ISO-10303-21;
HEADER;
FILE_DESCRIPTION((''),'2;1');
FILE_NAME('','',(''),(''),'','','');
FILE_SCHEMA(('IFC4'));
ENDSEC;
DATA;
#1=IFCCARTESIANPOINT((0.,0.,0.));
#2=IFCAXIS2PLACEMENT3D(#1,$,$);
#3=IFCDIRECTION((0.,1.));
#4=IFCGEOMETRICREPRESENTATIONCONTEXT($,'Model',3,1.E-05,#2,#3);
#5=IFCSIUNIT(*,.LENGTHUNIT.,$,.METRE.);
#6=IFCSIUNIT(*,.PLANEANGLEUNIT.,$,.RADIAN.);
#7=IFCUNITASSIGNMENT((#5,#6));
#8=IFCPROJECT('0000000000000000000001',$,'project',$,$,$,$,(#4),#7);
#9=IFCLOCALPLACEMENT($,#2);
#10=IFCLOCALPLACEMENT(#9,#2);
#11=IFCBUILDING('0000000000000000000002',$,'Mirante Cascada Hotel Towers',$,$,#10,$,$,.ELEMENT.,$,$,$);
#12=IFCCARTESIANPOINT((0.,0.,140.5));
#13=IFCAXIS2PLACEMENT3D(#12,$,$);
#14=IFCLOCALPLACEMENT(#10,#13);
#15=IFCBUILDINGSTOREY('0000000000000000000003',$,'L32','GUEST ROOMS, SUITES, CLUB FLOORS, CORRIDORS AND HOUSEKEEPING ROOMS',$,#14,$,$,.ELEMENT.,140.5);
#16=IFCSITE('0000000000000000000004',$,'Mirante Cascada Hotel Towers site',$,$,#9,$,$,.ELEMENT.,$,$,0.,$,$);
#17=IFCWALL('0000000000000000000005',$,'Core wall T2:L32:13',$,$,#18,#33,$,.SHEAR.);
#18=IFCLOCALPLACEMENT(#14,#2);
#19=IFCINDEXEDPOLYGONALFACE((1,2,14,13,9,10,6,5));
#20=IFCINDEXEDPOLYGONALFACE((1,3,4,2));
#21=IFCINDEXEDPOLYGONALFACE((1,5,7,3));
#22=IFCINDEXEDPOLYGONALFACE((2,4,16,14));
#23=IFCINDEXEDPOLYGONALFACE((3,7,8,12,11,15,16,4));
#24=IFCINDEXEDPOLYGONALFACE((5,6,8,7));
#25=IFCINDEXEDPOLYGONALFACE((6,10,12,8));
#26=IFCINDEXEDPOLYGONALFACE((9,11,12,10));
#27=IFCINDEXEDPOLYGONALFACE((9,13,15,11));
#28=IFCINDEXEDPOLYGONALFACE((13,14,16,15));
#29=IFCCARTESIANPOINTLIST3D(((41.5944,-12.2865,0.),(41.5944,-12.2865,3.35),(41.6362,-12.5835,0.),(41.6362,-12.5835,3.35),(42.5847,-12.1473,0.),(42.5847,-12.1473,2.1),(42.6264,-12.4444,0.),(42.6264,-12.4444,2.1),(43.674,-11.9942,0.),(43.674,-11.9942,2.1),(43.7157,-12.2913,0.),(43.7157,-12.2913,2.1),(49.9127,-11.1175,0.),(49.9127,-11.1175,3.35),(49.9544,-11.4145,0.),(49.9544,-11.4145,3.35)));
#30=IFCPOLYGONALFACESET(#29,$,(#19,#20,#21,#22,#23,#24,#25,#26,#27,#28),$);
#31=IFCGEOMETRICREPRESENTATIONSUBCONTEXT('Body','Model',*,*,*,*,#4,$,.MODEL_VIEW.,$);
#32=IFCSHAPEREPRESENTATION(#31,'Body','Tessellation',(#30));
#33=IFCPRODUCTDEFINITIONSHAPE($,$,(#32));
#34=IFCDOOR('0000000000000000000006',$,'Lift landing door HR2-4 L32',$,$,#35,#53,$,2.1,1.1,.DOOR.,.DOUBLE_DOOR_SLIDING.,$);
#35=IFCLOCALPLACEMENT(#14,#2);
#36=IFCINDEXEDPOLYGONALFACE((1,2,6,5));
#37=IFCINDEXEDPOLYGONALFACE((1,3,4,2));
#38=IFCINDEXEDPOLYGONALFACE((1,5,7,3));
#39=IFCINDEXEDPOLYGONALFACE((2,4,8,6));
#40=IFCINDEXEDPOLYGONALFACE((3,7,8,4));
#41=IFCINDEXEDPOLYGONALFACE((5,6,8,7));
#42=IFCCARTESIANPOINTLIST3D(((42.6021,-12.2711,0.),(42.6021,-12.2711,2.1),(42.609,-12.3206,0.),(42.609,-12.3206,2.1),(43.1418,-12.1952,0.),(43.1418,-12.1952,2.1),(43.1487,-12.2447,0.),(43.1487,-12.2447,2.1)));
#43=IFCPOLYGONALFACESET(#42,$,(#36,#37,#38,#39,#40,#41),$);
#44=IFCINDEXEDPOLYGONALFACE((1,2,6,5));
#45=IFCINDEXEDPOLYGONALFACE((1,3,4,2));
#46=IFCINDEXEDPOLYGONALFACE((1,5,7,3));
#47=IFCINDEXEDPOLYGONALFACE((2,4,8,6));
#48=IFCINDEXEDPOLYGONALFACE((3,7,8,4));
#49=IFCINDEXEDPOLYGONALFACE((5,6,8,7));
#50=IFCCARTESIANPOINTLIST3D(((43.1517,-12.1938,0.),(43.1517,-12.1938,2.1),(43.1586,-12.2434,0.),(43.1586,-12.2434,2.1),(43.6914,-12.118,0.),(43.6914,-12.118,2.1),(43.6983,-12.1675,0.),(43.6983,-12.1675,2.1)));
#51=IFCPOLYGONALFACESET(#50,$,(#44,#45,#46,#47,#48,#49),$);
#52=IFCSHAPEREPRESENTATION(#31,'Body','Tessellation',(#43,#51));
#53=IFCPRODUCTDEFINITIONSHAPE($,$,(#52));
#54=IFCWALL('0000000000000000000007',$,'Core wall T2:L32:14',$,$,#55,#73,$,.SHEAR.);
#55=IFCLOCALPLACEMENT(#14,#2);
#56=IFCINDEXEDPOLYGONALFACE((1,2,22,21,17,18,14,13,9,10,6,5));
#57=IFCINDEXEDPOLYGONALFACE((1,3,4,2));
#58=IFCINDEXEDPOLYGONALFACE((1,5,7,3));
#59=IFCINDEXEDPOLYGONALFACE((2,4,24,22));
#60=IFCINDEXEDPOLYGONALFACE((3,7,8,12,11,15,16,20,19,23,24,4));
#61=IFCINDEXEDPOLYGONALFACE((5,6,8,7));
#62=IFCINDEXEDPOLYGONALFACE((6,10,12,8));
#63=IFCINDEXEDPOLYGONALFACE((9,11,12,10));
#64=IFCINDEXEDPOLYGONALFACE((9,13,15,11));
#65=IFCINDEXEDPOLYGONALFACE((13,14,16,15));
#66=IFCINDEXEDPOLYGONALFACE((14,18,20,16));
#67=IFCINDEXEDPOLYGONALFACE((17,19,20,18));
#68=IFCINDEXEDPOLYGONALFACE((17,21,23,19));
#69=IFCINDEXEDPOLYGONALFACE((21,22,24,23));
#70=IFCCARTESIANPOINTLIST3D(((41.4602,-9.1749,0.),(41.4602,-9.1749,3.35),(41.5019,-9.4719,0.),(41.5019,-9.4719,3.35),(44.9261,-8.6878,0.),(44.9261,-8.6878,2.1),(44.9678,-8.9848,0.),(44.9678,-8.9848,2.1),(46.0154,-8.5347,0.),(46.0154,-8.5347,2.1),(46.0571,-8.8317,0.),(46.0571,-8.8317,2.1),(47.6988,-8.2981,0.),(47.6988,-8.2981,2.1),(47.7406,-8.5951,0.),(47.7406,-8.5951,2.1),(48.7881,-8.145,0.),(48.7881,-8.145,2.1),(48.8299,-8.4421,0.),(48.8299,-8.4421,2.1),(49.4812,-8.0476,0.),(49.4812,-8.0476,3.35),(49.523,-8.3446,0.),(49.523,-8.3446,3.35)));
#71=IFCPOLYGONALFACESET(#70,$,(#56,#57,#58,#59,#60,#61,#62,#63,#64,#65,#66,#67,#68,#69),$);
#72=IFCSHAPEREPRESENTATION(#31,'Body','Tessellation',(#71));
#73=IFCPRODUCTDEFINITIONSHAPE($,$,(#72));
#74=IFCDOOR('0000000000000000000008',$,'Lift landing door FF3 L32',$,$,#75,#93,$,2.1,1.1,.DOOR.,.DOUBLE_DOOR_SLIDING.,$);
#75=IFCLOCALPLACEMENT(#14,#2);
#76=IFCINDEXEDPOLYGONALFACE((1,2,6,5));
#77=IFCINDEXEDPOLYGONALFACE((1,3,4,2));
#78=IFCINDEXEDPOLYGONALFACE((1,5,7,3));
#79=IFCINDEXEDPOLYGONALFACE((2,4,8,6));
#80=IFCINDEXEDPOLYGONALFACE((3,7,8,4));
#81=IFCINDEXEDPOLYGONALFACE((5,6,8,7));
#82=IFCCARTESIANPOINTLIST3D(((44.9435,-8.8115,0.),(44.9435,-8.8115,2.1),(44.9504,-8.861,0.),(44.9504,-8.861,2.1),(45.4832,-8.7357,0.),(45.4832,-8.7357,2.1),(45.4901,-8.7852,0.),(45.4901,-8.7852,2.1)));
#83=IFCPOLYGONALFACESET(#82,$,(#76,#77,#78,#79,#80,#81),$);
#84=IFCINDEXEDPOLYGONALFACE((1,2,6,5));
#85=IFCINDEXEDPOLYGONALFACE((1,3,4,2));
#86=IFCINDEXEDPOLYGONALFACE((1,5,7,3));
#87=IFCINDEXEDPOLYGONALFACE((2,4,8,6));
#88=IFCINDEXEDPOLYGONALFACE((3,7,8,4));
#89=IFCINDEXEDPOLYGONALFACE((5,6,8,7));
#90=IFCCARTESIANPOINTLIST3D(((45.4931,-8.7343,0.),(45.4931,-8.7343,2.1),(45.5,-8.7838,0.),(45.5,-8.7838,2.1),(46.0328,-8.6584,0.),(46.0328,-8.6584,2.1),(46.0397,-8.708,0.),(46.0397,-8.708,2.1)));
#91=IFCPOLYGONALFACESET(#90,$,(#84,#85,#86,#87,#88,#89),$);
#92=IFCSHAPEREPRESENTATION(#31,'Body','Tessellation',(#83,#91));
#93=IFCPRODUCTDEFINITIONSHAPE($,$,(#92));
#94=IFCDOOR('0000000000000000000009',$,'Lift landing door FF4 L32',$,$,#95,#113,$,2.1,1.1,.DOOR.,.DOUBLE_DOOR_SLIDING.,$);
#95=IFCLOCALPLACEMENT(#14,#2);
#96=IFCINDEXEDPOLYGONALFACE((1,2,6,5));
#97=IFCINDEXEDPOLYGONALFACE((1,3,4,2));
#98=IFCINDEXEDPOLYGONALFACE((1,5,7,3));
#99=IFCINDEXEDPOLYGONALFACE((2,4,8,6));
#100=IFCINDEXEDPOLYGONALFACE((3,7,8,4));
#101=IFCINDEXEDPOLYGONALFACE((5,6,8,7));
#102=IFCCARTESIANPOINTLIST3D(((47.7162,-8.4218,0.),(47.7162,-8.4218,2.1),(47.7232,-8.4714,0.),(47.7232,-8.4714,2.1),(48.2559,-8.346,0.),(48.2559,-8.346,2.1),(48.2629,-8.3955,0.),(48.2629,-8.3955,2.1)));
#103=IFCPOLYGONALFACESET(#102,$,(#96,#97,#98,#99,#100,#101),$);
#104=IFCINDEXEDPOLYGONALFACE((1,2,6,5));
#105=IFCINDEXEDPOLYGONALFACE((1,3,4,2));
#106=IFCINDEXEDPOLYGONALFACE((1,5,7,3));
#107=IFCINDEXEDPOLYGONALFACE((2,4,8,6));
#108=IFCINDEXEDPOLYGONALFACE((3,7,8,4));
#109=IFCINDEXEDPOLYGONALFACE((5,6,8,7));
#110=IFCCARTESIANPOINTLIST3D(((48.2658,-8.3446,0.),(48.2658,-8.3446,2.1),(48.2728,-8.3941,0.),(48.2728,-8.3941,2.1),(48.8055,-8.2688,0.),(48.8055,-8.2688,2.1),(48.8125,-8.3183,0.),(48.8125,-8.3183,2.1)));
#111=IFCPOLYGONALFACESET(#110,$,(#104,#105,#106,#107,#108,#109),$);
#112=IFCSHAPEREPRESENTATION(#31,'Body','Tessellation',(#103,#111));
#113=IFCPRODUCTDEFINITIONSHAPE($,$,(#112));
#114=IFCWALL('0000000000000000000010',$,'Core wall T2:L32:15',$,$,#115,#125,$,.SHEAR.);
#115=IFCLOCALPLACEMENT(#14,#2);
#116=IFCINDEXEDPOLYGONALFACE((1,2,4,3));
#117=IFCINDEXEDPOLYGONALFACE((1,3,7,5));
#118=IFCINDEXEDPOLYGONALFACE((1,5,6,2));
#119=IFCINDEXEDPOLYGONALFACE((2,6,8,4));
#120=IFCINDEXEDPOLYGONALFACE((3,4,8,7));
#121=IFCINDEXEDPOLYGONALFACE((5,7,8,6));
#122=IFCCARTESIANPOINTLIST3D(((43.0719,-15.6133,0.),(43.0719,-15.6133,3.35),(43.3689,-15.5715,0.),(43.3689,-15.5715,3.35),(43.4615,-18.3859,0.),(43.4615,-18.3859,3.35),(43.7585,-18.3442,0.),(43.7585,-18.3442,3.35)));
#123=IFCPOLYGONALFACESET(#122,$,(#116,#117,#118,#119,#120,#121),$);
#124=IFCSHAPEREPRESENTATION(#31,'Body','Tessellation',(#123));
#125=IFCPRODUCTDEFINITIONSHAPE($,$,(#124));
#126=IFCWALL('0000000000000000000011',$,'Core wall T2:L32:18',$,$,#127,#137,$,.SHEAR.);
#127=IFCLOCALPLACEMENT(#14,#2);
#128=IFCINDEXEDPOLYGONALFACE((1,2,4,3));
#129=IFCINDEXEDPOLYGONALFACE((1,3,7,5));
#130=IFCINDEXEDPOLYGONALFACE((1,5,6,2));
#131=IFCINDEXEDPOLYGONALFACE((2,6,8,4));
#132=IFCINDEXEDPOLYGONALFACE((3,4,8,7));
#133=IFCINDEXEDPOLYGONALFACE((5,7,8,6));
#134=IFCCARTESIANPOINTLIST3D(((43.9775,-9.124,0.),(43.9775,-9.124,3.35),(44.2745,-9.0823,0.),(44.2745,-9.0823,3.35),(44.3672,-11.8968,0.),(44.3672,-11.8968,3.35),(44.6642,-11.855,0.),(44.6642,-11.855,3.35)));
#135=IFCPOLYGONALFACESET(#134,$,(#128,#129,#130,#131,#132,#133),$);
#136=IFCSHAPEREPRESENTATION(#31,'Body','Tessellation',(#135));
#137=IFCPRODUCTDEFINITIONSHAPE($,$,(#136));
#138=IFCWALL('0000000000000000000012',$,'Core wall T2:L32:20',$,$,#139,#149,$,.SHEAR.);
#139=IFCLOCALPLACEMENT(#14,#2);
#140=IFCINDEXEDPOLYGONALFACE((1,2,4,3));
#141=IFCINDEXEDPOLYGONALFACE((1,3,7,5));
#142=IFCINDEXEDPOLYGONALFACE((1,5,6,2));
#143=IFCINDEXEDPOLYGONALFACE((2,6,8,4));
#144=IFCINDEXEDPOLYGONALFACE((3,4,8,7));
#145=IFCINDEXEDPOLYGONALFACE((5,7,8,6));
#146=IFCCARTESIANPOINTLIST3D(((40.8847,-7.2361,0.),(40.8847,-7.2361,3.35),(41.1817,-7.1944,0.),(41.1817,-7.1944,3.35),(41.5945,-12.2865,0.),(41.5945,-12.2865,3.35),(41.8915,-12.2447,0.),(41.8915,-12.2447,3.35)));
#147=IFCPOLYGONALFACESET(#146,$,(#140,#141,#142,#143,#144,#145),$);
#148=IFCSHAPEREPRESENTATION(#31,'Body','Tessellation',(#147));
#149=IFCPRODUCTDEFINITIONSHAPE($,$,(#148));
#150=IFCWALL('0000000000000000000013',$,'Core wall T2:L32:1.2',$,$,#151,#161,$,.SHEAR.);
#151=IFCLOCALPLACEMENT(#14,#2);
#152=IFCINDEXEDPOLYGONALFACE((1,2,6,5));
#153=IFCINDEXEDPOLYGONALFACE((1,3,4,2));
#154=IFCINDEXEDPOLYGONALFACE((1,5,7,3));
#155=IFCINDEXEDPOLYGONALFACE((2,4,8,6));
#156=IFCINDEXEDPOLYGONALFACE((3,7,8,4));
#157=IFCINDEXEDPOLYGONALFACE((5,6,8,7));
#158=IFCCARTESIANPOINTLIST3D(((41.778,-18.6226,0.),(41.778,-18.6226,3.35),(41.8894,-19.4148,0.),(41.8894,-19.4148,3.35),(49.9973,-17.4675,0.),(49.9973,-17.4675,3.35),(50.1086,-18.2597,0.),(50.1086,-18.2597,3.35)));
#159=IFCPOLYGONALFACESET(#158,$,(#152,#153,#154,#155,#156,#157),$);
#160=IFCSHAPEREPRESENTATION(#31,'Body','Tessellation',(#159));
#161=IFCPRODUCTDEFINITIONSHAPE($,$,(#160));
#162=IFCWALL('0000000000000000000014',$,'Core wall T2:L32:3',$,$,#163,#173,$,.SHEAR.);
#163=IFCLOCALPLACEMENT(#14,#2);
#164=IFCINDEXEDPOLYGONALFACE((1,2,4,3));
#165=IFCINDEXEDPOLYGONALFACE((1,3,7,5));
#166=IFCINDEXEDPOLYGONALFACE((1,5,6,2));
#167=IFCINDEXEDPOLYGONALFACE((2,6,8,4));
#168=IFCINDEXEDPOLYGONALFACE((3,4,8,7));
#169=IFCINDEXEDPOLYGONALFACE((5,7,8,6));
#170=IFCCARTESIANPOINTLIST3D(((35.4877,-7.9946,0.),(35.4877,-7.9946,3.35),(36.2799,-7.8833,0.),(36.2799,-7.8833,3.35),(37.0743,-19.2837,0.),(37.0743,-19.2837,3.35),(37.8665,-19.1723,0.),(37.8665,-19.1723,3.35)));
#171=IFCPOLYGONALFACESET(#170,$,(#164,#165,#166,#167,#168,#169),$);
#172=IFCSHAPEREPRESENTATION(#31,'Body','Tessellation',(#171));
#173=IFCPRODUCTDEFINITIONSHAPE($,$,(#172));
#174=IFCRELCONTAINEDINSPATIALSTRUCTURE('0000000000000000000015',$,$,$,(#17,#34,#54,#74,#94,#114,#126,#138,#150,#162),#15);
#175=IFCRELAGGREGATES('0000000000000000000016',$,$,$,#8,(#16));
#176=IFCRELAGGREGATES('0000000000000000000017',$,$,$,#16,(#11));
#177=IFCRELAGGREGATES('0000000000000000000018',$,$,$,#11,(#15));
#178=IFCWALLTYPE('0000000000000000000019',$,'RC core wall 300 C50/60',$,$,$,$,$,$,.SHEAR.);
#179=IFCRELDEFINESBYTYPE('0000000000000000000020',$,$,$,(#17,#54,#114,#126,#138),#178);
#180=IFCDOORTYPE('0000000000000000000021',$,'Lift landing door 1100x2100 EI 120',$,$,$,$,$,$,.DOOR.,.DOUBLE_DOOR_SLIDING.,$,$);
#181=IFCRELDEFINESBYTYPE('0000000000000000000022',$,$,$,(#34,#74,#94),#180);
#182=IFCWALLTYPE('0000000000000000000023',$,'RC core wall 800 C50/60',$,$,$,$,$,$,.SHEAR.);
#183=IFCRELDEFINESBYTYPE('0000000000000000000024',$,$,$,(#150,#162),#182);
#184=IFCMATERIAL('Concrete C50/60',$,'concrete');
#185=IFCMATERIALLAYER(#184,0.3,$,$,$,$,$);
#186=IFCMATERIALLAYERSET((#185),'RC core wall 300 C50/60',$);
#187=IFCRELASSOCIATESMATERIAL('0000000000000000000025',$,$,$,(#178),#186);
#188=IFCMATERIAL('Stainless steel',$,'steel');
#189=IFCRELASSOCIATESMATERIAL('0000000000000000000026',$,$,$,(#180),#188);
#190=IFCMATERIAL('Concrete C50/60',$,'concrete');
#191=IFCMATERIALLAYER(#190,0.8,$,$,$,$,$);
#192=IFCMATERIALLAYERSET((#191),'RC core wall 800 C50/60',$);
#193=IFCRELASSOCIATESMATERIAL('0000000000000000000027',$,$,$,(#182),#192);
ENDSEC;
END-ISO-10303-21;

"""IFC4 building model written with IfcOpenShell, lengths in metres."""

from ifc_helpers import new_model, si_unit, direction, frame, frame_2d, origin, place, context, subcontext, project, spatial, rectangle, extrude, material, layer, layer_set, type_object, element, fill, save


model = new_model("IFC4")

# Units and contexts
model_context = context("Model", 3, precision=1e-05, world=origin(), true_north=direction((0.0, 1.0)))
body_context = subcontext(model_context, "Body", "Model", "MODEL_VIEW")
ifc_project = project(units=[si_unit("LENGTHUNIT", "METRE"), si_unit("PLANEANGLEUNIT", "RADIAN")], contexts=[model_context])

# Site, building, storey
site_placement = place(None, origin())
site = spatial("IfcSite", under=ifc_project, at=site_placement, Name="Mirante Cascada Hotel Towers site", CompositionType="ELEMENT", RefElevation=0.0)
building_placement = place(site_placement, origin())
building = spatial("IfcBuilding", under=site, at=building_placement, Name="Mirante Cascada Hotel Towers", CompositionType="ELEMENT")
storey_placement = place(building_placement, frame((0.0, 0.0, 140.5)))
storey = spatial("IfcBuildingStorey", under=building, at=storey_placement, Name="L32", Description="GUEST ROOMS, SUITES, CLUB FLOORS, CORRIDORS AND HOUSEKEEPING ROOMS", CompositionType="ELEMENT", Elevation=140.5)

# Shared definitions
ifc_material_1 = material(Name="Concrete C50/60", Category="concrete")
ifc_layer_1 = layer(ifc_material_1, 0.3)
ifc_layer_set_1 = layer_set([ifc_layer_1], Name="RC core wall 300 C50/60")
wall_type_1 = type_object("IfcWallType", Name="RC core wall 300 C50/60", PredefinedType="SHEAR", material=ifc_layer_set_1)

# Shared definitions
ifc_material_2 = material(Name="Stainless steel", Category="steel")
door_type_1 = type_object("IfcDoorType", Name="Lift landing door 1100x2100 EI 120", OperationType="DOUBLE_DOOR_SLIDING", PredefinedType="DOOR", material=ifc_material_2)

# Wall, opening, door
wall_1_placement = place(storey_placement, frame((41.6153, -12.435, 0.0), z_axis=(0.0, 0.0, 1.0), x_axis=(0.990269, 0.139166, 0.0)))
wall_1 = element("IfcWall", 1, at=wall_1_placement, inside=storey, type_object=wall_type_1, Name="Core wall T2:L32:13", PredefinedType="SHEAR", context=body_context, shape_type="SweptSolid", body=[
    extrude(rectangle(XDim=8.4, YDim=0.3, at=frame_2d((4.2, 0.0))), origin(), (0.0, 0.0, 1.0), 3.35),
])
opening_1_placement = place(wall_1_placement, frame((1.0, 0.0, 0.0)))
opening_1 = element("IfcOpeningElement", 2, at=opening_1_placement, cuts=wall_1, PredefinedType="OPENING", context=body_context, shape_type="SweptSolid", body=[
    extrude(rectangle(XDim=1.1, YDim=2.1, at=frame_2d((0.55, 1.05))), frame((0.0, 0.15, 0.0), z_axis=(0.0, -1.0, 0.0), x_axis=(1.0, 0.0, 0.0)), (0.0, 0.0, 1.0), 0.3),
])
door_1_placement = place(opening_1_placement, origin())
door_1 = element("IfcDoor", 3, at=door_1_placement, inside=storey, type_object=door_type_1, Name="Lift landing door HR2-4 L32", OperationType="DOUBLE_DOOR_SLIDING", OverallHeight=2.1, OverallWidth=1.1, PredefinedType="DOOR", context=body_context, shape_type="SweptSolid", body=[
    extrude(rectangle(XDim=0.545, YDim=2.1, at=frame_2d((0.2725, 1.05))), frame((0.0, 0.025, 0.0), z_axis=(0.0, -1.0, 0.0), x_axis=(1.0, 0.0, 0.0)), (0.0, 0.0, 1.0), 0.05),
    extrude(rectangle(XDim=0.545, YDim=2.1, at=frame_2d((0.8275, 1.05))), frame((0.0, 0.025, 0.0), z_axis=(0.0, -1.0, 0.0), x_axis=(1.0, 0.0, 0.0)), (0.0, 0.0, 1.0), 0.05),
])
fill(opening_1, door_1)

# Wall, openings, doors
wall_2_placement = place(storey_placement, frame((41.481, -9.3234, 0.0), z_axis=(0.0, 0.0, 1.0), x_axis=(0.990268, 0.139174, 0.0)))
wall_2 = element("IfcWall", 4, at=wall_2_placement, inside=storey, type_object=wall_type_1, Name="Core wall T2:L32:14", PredefinedType="SHEAR", context=body_context, shape_type="SweptSolid", body=[
    extrude(rectangle(XDim=8.0999, YDim=0.3, at=frame_2d((4.05, 0.0))), origin(), (0.0, 0.0, 1.0), 3.35),
])
opening_2_placement = place(wall_2_placement, frame((3.5, 0.0, 0.0)))
opening_2 = element("IfcOpeningElement", 5, at=opening_2_placement, cuts=wall_2, PredefinedType="OPENING", context=body_context, shape_type="SweptSolid", body=[
    extrude(rectangle(XDim=1.1, YDim=2.1, at=frame_2d((0.55, 1.05))), frame((0.0, 0.15, 0.0), z_axis=(0.0, -1.0, 0.0), x_axis=(1.0, 0.0, 0.0)), (0.0, 0.0, 1.0), 0.3),
])
opening_3_placement = place(wall_2_placement, frame((6.3, 0.0, 0.0)))
opening_3 = element("IfcOpeningElement", 6, at=opening_3_placement, cuts=wall_2, PredefinedType="OPENING", context=body_context, shape_type="SweptSolid", body=[
    extrude(rectangle(XDim=1.1, YDim=2.1, at=frame_2d((0.55, 1.05))), frame((0.0, 0.15, 0.0), z_axis=(0.0, -1.0, 0.0), x_axis=(1.0, 0.0, 0.0)), (0.0, 0.0, 1.0), 0.3),
])
door_2_placement = place(opening_2_placement, origin())
door_2 = element("IfcDoor", 7, at=door_2_placement, inside=storey, type_object=door_type_1, Name="Lift landing door FF3 L32", OperationType="DOUBLE_DOOR_SLIDING", OverallHeight=2.1, OverallWidth=1.1, PredefinedType="DOOR", context=body_context, shape_type="SweptSolid", body=[
    extrude(rectangle(XDim=0.545, YDim=2.1, at=frame_2d((0.2725, 1.05))), frame((0.0, 0.025, 0.0), z_axis=(0.0, -1.0, 0.0), x_axis=(1.0, 0.0, 0.0)), (0.0, 0.0, 1.0), 0.05),
    extrude(rectangle(XDim=0.545, YDim=2.1, at=frame_2d((0.8275, 1.05))), frame((0.0, 0.025, 0.0), z_axis=(0.0, -1.0, 0.0), x_axis=(1.0, 0.0, 0.0)), (0.0, 0.0, 1.0), 0.05),
])
fill(opening_2, door_2)
door_3_placement = place(opening_3_placement, origin())
door_3 = element("IfcDoor", 8, at=door_3_placement, inside=storey, type_object=door_type_1, Name="Lift landing door FF4 L32", OperationType="DOUBLE_DOOR_SLIDING", OverallHeight=2.1, OverallWidth=1.1, PredefinedType="DOOR", context=body_context, shape_type="SweptSolid", body=[
    extrude(rectangle(XDim=0.545, YDim=2.1, at=frame_2d((0.2725, 1.05))), frame((0.0, 0.025, 0.0), z_axis=(0.0, -1.0, 0.0), x_axis=(1.0, 0.0, 0.0)), (0.0, 0.0, 1.0), 0.05),
    extrude(rectangle(XDim=0.545, YDim=2.1, at=frame_2d((0.8275, 1.05))), frame((0.0, 0.025, 0.0), z_axis=(0.0, -1.0, 0.0), x_axis=(1.0, 0.0, 0.0)), (0.0, 0.0, 1.0), 0.05),
])
fill(opening_3, door_3)

# Walls
wall_3_placement = place(storey_placement, frame((43.61, -18.3651, 0.0), z_axis=(0.0, 0.0, 1.0), x_axis=(-0.139146, 0.990272, 0.0)))
element("IfcWall", 9, at=wall_3_placement, inside=storey, type_object=wall_type_1, Name="Core wall T2:L32:15", PredefinedType="SHEAR", context=body_context, shape_type="SweptSolid", body=[
    extrude(rectangle(XDim=2.7999, YDim=0.3, at=frame_2d((1.4, 0.0))), origin(), (0.0, 0.0, 1.0), 3.35),
])
wall_4_placement = place(storey_placement, frame((44.5157, -11.8759, 0.0), z_axis=(0.0, 0.0, 1.0), x_axis=(-0.139181, 0.990267, 0.0)))
element("IfcWall", 10, at=wall_4_placement, inside=storey, type_object=wall_type_1, Name="Core wall T2:L32:18", PredefinedType="SHEAR", context=body_context, shape_type="SweptSolid", body=[
    extrude(rectangle(XDim=2.8, YDim=0.3, at=frame_2d((1.4, 0.0))), origin(), (0.0, 0.0, 1.0), 3.35),
])
wall_5_placement = place(storey_placement, frame((41.743, -12.2656, 0.0), z_axis=(0.0, 0.0, 1.0), x_axis=(-0.139176, 0.990268, 0.0)))
element("IfcWall", 11, at=wall_5_placement, inside=storey, type_object=wall_type_1, Name="Core wall T2:L32:20", PredefinedType="SHEAR", context=body_context, shape_type="SweptSolid", body=[
    extrude(rectangle(XDim=5.1, YDim=0.3, at=frame_2d((2.55, 0.0))), origin(), (0.0, 0.0, 1.0), 3.35),
])
ifc_material_3 = material(Name="Concrete C50/60", Category="concrete")
ifc_layer_2 = layer(ifc_material_3, 0.8)
ifc_layer_set_2 = layer_set([ifc_layer_2], Name="RC core wall 800 C50/60")
wall_type_2 = type_object("IfcWallType", Name="RC core wall 800 C50/60", PredefinedType="SHEAR", material=ifc_layer_set_2)
wall_6_placement = place(storey_placement, frame((41.8337, -19.0187, 0.0), z_axis=(0.0, 0.0, 1.0), x_axis=(0.990269, 0.139169, 0.0)))
element("IfcWall", 12, at=wall_6_placement, inside=storey, type_object=wall_type_2, Name="Core wall T2:L32:1.2", PredefinedType="SHEAR", context=body_context, shape_type="SweptSolid", body=[
    extrude(rectangle(XDim=8.3, YDim=0.8, at=frame_2d((4.15, 0.0))), origin(), (0.0, 0.0, 1.0), 3.35),
])
wall_7_placement = place(storey_placement, frame((37.4704, -19.228, 0.0), z_axis=(0.0, 0.0, 1.0), x_axis=(-0.139175, 0.990268, 0.0)))
element("IfcWall", 13, at=wall_7_placement, inside=storey, type_object=wall_type_2, Name="Core wall T2:L32:3", PredefinedType="SHEAR", context=body_context, shape_type="SweptSolid", body=[
    extrude(rectangle(XDim=11.4, YDim=0.8, at=frame_2d((5.7, 0.0))), origin(), (0.0, 0.0, 1.0), 3.35),
])

save(model, "model.ifc")
